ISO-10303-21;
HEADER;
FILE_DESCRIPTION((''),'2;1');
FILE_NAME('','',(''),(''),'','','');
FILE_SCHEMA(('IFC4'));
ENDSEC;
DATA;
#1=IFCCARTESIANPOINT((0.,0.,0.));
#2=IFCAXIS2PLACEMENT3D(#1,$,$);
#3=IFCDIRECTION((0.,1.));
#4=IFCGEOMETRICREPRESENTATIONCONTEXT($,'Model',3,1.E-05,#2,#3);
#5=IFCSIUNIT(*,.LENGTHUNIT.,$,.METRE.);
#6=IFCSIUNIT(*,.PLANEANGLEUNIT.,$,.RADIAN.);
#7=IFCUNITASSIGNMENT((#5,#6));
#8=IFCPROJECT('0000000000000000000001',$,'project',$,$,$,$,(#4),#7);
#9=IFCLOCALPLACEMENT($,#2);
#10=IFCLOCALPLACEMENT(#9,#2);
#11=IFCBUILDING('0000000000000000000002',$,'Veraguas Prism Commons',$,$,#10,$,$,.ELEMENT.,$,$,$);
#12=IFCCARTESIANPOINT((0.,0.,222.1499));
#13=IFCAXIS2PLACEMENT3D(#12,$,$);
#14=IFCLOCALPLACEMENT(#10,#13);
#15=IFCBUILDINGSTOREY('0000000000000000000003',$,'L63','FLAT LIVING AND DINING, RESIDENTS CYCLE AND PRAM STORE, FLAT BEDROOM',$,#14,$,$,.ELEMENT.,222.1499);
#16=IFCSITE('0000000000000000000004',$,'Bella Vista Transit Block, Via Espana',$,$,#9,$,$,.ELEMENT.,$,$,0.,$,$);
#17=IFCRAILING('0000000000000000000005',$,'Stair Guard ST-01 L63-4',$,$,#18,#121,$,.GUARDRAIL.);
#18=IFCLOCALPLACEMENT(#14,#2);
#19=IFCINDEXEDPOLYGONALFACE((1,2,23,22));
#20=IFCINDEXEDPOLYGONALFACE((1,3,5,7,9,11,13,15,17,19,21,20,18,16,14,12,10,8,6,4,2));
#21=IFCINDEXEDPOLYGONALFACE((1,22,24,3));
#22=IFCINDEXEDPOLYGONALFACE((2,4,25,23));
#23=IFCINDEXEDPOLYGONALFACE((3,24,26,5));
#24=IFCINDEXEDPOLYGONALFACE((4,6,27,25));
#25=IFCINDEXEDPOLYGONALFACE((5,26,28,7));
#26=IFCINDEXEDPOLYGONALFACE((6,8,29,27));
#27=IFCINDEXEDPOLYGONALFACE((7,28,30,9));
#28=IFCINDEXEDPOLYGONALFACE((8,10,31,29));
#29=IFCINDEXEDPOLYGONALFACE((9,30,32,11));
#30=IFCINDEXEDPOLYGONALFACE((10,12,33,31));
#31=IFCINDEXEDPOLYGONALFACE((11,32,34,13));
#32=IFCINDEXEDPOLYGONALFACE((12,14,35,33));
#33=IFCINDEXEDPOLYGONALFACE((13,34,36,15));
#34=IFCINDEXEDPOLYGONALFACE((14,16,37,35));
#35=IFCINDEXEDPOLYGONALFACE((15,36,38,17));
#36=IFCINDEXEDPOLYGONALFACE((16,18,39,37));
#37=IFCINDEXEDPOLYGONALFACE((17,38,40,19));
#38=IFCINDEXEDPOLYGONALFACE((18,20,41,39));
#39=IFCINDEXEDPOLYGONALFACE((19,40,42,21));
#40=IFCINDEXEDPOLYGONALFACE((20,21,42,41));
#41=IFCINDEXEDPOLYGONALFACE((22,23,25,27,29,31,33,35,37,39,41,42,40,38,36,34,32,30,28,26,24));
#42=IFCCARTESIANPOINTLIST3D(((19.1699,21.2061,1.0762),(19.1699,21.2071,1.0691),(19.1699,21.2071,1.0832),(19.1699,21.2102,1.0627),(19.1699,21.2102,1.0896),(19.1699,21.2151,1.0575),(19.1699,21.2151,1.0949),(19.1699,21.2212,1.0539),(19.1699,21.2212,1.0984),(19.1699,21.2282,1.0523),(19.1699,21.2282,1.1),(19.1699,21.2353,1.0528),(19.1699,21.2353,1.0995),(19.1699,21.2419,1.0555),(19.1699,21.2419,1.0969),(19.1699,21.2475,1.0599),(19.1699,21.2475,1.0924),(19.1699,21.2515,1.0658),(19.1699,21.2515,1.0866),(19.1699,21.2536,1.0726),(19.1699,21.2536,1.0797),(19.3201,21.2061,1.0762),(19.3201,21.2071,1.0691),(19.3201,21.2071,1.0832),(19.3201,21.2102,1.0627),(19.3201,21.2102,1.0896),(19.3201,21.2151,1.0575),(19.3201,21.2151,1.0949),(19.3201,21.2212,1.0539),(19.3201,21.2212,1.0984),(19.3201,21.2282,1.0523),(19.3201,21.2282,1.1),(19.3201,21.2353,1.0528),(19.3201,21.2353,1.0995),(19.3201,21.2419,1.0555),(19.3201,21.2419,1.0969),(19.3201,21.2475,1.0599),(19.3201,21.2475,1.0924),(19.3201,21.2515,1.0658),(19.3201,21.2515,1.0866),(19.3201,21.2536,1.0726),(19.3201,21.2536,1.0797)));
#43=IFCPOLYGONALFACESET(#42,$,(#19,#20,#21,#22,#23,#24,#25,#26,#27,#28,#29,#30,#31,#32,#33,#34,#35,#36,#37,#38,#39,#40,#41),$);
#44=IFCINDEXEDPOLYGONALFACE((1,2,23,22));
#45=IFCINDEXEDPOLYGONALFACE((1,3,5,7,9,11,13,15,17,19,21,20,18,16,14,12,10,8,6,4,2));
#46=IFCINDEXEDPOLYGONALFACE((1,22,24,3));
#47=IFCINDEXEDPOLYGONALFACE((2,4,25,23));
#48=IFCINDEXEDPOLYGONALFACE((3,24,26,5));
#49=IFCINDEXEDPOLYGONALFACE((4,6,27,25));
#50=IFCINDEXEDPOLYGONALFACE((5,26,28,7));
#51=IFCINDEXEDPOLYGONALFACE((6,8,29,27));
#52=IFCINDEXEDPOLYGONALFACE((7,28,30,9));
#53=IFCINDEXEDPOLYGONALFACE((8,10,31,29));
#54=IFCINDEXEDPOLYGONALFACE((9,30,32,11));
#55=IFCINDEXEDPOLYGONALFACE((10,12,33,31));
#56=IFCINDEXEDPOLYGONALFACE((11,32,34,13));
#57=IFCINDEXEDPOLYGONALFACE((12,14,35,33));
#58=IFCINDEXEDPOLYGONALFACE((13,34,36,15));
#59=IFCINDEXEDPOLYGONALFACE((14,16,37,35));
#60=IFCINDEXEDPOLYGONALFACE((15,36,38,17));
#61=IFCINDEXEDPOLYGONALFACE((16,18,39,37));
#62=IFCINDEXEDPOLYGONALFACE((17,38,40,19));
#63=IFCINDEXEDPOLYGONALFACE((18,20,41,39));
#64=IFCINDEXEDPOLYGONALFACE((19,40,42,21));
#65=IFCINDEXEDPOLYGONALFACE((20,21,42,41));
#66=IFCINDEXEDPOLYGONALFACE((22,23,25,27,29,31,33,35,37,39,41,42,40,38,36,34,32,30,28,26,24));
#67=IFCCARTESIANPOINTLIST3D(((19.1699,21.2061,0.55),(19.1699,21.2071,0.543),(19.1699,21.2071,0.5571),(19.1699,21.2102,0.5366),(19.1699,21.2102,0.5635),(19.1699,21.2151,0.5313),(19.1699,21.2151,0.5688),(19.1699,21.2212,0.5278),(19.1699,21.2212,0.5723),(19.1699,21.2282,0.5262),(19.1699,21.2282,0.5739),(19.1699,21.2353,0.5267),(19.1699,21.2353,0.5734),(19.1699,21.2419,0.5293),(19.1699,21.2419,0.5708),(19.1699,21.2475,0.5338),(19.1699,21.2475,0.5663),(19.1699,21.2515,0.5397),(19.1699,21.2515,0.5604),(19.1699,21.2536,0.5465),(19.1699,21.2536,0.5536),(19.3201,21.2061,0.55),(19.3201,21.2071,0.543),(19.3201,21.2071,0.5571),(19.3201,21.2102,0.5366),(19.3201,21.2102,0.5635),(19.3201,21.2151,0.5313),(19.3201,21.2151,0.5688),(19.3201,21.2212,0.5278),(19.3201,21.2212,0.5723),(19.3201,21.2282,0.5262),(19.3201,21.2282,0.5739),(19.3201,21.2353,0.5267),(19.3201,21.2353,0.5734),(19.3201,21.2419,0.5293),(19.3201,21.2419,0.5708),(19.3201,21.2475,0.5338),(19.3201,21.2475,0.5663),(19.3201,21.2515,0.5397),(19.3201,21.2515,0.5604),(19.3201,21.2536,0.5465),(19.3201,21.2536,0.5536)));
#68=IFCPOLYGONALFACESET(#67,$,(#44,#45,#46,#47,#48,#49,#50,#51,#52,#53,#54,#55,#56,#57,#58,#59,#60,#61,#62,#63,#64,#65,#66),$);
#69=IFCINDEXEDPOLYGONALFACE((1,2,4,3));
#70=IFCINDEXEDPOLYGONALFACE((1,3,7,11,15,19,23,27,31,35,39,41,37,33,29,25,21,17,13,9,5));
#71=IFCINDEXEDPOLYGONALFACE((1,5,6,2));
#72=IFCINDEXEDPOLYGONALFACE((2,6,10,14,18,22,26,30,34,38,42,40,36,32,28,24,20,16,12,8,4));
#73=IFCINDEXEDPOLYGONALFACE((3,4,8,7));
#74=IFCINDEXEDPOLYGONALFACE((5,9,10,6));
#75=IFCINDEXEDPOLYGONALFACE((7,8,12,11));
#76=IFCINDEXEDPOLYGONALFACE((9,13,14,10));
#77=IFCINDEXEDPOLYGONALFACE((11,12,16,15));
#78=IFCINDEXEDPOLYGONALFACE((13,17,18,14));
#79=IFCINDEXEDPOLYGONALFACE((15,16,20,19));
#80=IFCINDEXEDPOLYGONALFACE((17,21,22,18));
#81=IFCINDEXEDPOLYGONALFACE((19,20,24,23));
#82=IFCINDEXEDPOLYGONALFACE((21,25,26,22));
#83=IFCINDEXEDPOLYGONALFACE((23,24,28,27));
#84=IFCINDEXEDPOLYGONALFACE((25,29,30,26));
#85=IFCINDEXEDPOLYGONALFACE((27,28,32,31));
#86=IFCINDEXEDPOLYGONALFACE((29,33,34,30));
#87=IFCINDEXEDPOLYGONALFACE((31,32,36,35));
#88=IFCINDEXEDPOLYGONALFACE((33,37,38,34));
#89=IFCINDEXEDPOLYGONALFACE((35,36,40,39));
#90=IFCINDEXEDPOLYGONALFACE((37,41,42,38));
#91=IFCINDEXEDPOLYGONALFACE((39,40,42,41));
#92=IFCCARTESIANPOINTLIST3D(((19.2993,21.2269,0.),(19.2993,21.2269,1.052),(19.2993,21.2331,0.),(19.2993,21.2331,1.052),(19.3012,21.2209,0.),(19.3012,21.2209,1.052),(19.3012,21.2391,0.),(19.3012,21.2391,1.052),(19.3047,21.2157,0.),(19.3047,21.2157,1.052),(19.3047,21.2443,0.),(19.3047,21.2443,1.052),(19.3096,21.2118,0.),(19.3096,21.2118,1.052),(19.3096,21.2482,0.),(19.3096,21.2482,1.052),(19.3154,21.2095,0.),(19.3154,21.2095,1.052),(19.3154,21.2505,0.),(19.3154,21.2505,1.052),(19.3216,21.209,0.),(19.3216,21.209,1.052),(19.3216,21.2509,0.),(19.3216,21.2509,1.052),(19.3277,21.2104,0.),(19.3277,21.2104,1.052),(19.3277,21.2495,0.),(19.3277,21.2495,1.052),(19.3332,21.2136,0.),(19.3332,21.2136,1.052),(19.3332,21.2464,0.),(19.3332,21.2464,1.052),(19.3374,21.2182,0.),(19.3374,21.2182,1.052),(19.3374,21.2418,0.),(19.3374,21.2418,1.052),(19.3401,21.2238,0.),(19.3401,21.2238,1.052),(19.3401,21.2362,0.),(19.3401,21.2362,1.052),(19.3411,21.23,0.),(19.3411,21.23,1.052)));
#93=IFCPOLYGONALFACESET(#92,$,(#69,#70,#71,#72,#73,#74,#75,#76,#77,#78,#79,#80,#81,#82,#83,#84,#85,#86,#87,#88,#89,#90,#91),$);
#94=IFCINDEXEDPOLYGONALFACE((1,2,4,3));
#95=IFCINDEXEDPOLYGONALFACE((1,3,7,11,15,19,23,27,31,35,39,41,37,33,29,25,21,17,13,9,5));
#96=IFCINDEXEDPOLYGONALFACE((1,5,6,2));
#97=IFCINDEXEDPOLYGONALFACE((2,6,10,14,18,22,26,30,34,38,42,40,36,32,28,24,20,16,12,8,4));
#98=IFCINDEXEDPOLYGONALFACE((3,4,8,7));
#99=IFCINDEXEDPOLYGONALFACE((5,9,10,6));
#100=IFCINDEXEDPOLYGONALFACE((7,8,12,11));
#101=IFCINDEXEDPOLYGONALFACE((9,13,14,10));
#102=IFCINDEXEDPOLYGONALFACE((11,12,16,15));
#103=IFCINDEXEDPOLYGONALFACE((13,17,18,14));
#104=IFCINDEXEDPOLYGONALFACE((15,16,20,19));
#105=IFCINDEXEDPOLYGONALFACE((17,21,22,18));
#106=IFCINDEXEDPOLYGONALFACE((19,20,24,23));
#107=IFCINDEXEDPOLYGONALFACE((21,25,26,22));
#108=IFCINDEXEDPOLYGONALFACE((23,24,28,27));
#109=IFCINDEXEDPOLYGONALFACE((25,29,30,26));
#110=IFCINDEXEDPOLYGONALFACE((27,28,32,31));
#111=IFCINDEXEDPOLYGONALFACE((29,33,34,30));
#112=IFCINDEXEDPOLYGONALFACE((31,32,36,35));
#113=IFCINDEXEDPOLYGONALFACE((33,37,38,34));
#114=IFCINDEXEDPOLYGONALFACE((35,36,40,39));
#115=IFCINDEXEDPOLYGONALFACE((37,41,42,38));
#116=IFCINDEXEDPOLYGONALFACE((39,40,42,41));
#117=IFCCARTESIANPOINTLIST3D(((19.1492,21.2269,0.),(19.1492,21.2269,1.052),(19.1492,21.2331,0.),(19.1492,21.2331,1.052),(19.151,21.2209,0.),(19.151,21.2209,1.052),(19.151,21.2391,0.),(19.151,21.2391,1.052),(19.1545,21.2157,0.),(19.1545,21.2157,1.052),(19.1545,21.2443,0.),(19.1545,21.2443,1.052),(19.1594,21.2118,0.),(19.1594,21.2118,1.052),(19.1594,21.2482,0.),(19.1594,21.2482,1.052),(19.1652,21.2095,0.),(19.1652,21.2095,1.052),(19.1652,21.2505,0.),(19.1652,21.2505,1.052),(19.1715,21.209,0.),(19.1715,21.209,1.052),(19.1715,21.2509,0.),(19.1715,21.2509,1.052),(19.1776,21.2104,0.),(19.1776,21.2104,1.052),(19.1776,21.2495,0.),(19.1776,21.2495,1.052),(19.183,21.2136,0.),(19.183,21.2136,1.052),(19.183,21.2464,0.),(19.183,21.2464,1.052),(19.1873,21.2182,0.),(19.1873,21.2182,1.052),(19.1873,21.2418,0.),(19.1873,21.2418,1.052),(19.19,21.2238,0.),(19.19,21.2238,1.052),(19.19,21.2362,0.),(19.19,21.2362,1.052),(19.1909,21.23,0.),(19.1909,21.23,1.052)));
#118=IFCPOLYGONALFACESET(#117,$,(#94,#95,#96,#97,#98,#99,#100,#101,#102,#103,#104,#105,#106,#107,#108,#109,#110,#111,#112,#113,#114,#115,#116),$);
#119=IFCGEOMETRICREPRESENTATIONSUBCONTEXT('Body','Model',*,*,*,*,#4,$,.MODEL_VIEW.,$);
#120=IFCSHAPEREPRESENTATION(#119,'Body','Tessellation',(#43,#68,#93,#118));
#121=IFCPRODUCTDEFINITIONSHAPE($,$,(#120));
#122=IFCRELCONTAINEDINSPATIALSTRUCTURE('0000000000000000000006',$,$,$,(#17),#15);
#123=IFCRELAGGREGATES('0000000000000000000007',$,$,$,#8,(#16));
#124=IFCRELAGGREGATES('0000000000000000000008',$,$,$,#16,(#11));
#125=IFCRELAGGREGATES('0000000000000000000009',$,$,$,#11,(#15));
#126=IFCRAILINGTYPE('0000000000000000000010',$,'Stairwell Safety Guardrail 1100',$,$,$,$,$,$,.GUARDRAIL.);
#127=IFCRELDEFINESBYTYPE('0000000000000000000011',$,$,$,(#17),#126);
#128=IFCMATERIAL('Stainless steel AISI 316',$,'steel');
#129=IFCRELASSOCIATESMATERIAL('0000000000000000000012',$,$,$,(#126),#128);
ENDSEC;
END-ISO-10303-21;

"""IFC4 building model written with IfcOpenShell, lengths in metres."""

from ifc_helpers import new_model, si_unit, direction, frame, origin, origin_2d, place, context, subcontext, project, spatial, circle, extrude, material, type_object, element, save


model = new_model("IFC4")

# Units and contexts
model_context = context("Model", 3, precision=1e-05, world=origin(), true_north=direction((0.0, 1.0)))
body_context = subcontext(model_context, "Body", "Model", "MODEL_VIEW")
ifc_project = project(units=[si_unit("LENGTHUNIT", "METRE"), si_unit("PLANEANGLEUNIT", "RADIAN")], contexts=[model_context])

# Site, building, storey
site_placement = place(None, origin())
site = spatial("IfcSite", under=ifc_project, at=site_placement, Name="Bella Vista Transit Block, Via Espana", CompositionType="ELEMENT", RefElevation=0.0)
building_placement = place(site_placement, origin())
building = spatial("IfcBuilding", under=site, at=building_placement, Name="Veraguas Prism Commons", CompositionType="ELEMENT")
storey_placement = place(building_placement, frame((0.0, 0.0, 222.1499)))
storey = spatial("IfcBuildingStorey", under=building, at=storey_placement, Name="L63", Description="FLAT LIVING AND DINING, RESIDENTS CYCLE AND PRAM STORE, FLAT BEDROOM", CompositionType="ELEMENT", Elevation=222.1499)

# Railing
ifc_material_1 = material(Name="Stainless steel AISI 316", Category="steel")
railing_type = type_object("IfcRailingType", Name="Stairwell Safety Guardrail 1100", PredefinedType="GUARDRAIL", material=ifc_material_1)
railing_1_placement = place(storey_placement, frame((19.3201, 21.23, 0.0)))
element("IfcRailing", 1, at=railing_1_placement, inside=storey, type_object=railing_type, Name="Stair Guard ST-01 L63-4", PredefinedType="GUARDRAIL", context=body_context, shape_type="SweptSolid", body=[
    extrude(circle(Radius=0.0239, at=origin_2d()), frame((0.0, 0.0, 1.0762), z_axis=(-1.0, 0.0, 0.0), x_axis=(0.0, -1.0, 0.0)), (0.0, 0.0, 1.0), 0.1501),
    extrude(circle(Radius=0.0239, at=origin_2d()), frame((0.0, 0.0, 0.55), z_axis=(-1.0, 0.0, 0.0), x_axis=(0.0, -1.0, 0.0)), (0.0, 0.0, 1.0), 0.1501),
    extrude(circle(Radius=0.021, at=origin_2d()), origin(), (0.0, 0.0, 1.0), 1.052),
    extrude(circle(Radius=0.021, at=origin_2d()), frame((-0.1501, 0.0, 0.0)), (0.0, 0.0, 1.0), 1.052),
])

save(model, "model.ifc")
